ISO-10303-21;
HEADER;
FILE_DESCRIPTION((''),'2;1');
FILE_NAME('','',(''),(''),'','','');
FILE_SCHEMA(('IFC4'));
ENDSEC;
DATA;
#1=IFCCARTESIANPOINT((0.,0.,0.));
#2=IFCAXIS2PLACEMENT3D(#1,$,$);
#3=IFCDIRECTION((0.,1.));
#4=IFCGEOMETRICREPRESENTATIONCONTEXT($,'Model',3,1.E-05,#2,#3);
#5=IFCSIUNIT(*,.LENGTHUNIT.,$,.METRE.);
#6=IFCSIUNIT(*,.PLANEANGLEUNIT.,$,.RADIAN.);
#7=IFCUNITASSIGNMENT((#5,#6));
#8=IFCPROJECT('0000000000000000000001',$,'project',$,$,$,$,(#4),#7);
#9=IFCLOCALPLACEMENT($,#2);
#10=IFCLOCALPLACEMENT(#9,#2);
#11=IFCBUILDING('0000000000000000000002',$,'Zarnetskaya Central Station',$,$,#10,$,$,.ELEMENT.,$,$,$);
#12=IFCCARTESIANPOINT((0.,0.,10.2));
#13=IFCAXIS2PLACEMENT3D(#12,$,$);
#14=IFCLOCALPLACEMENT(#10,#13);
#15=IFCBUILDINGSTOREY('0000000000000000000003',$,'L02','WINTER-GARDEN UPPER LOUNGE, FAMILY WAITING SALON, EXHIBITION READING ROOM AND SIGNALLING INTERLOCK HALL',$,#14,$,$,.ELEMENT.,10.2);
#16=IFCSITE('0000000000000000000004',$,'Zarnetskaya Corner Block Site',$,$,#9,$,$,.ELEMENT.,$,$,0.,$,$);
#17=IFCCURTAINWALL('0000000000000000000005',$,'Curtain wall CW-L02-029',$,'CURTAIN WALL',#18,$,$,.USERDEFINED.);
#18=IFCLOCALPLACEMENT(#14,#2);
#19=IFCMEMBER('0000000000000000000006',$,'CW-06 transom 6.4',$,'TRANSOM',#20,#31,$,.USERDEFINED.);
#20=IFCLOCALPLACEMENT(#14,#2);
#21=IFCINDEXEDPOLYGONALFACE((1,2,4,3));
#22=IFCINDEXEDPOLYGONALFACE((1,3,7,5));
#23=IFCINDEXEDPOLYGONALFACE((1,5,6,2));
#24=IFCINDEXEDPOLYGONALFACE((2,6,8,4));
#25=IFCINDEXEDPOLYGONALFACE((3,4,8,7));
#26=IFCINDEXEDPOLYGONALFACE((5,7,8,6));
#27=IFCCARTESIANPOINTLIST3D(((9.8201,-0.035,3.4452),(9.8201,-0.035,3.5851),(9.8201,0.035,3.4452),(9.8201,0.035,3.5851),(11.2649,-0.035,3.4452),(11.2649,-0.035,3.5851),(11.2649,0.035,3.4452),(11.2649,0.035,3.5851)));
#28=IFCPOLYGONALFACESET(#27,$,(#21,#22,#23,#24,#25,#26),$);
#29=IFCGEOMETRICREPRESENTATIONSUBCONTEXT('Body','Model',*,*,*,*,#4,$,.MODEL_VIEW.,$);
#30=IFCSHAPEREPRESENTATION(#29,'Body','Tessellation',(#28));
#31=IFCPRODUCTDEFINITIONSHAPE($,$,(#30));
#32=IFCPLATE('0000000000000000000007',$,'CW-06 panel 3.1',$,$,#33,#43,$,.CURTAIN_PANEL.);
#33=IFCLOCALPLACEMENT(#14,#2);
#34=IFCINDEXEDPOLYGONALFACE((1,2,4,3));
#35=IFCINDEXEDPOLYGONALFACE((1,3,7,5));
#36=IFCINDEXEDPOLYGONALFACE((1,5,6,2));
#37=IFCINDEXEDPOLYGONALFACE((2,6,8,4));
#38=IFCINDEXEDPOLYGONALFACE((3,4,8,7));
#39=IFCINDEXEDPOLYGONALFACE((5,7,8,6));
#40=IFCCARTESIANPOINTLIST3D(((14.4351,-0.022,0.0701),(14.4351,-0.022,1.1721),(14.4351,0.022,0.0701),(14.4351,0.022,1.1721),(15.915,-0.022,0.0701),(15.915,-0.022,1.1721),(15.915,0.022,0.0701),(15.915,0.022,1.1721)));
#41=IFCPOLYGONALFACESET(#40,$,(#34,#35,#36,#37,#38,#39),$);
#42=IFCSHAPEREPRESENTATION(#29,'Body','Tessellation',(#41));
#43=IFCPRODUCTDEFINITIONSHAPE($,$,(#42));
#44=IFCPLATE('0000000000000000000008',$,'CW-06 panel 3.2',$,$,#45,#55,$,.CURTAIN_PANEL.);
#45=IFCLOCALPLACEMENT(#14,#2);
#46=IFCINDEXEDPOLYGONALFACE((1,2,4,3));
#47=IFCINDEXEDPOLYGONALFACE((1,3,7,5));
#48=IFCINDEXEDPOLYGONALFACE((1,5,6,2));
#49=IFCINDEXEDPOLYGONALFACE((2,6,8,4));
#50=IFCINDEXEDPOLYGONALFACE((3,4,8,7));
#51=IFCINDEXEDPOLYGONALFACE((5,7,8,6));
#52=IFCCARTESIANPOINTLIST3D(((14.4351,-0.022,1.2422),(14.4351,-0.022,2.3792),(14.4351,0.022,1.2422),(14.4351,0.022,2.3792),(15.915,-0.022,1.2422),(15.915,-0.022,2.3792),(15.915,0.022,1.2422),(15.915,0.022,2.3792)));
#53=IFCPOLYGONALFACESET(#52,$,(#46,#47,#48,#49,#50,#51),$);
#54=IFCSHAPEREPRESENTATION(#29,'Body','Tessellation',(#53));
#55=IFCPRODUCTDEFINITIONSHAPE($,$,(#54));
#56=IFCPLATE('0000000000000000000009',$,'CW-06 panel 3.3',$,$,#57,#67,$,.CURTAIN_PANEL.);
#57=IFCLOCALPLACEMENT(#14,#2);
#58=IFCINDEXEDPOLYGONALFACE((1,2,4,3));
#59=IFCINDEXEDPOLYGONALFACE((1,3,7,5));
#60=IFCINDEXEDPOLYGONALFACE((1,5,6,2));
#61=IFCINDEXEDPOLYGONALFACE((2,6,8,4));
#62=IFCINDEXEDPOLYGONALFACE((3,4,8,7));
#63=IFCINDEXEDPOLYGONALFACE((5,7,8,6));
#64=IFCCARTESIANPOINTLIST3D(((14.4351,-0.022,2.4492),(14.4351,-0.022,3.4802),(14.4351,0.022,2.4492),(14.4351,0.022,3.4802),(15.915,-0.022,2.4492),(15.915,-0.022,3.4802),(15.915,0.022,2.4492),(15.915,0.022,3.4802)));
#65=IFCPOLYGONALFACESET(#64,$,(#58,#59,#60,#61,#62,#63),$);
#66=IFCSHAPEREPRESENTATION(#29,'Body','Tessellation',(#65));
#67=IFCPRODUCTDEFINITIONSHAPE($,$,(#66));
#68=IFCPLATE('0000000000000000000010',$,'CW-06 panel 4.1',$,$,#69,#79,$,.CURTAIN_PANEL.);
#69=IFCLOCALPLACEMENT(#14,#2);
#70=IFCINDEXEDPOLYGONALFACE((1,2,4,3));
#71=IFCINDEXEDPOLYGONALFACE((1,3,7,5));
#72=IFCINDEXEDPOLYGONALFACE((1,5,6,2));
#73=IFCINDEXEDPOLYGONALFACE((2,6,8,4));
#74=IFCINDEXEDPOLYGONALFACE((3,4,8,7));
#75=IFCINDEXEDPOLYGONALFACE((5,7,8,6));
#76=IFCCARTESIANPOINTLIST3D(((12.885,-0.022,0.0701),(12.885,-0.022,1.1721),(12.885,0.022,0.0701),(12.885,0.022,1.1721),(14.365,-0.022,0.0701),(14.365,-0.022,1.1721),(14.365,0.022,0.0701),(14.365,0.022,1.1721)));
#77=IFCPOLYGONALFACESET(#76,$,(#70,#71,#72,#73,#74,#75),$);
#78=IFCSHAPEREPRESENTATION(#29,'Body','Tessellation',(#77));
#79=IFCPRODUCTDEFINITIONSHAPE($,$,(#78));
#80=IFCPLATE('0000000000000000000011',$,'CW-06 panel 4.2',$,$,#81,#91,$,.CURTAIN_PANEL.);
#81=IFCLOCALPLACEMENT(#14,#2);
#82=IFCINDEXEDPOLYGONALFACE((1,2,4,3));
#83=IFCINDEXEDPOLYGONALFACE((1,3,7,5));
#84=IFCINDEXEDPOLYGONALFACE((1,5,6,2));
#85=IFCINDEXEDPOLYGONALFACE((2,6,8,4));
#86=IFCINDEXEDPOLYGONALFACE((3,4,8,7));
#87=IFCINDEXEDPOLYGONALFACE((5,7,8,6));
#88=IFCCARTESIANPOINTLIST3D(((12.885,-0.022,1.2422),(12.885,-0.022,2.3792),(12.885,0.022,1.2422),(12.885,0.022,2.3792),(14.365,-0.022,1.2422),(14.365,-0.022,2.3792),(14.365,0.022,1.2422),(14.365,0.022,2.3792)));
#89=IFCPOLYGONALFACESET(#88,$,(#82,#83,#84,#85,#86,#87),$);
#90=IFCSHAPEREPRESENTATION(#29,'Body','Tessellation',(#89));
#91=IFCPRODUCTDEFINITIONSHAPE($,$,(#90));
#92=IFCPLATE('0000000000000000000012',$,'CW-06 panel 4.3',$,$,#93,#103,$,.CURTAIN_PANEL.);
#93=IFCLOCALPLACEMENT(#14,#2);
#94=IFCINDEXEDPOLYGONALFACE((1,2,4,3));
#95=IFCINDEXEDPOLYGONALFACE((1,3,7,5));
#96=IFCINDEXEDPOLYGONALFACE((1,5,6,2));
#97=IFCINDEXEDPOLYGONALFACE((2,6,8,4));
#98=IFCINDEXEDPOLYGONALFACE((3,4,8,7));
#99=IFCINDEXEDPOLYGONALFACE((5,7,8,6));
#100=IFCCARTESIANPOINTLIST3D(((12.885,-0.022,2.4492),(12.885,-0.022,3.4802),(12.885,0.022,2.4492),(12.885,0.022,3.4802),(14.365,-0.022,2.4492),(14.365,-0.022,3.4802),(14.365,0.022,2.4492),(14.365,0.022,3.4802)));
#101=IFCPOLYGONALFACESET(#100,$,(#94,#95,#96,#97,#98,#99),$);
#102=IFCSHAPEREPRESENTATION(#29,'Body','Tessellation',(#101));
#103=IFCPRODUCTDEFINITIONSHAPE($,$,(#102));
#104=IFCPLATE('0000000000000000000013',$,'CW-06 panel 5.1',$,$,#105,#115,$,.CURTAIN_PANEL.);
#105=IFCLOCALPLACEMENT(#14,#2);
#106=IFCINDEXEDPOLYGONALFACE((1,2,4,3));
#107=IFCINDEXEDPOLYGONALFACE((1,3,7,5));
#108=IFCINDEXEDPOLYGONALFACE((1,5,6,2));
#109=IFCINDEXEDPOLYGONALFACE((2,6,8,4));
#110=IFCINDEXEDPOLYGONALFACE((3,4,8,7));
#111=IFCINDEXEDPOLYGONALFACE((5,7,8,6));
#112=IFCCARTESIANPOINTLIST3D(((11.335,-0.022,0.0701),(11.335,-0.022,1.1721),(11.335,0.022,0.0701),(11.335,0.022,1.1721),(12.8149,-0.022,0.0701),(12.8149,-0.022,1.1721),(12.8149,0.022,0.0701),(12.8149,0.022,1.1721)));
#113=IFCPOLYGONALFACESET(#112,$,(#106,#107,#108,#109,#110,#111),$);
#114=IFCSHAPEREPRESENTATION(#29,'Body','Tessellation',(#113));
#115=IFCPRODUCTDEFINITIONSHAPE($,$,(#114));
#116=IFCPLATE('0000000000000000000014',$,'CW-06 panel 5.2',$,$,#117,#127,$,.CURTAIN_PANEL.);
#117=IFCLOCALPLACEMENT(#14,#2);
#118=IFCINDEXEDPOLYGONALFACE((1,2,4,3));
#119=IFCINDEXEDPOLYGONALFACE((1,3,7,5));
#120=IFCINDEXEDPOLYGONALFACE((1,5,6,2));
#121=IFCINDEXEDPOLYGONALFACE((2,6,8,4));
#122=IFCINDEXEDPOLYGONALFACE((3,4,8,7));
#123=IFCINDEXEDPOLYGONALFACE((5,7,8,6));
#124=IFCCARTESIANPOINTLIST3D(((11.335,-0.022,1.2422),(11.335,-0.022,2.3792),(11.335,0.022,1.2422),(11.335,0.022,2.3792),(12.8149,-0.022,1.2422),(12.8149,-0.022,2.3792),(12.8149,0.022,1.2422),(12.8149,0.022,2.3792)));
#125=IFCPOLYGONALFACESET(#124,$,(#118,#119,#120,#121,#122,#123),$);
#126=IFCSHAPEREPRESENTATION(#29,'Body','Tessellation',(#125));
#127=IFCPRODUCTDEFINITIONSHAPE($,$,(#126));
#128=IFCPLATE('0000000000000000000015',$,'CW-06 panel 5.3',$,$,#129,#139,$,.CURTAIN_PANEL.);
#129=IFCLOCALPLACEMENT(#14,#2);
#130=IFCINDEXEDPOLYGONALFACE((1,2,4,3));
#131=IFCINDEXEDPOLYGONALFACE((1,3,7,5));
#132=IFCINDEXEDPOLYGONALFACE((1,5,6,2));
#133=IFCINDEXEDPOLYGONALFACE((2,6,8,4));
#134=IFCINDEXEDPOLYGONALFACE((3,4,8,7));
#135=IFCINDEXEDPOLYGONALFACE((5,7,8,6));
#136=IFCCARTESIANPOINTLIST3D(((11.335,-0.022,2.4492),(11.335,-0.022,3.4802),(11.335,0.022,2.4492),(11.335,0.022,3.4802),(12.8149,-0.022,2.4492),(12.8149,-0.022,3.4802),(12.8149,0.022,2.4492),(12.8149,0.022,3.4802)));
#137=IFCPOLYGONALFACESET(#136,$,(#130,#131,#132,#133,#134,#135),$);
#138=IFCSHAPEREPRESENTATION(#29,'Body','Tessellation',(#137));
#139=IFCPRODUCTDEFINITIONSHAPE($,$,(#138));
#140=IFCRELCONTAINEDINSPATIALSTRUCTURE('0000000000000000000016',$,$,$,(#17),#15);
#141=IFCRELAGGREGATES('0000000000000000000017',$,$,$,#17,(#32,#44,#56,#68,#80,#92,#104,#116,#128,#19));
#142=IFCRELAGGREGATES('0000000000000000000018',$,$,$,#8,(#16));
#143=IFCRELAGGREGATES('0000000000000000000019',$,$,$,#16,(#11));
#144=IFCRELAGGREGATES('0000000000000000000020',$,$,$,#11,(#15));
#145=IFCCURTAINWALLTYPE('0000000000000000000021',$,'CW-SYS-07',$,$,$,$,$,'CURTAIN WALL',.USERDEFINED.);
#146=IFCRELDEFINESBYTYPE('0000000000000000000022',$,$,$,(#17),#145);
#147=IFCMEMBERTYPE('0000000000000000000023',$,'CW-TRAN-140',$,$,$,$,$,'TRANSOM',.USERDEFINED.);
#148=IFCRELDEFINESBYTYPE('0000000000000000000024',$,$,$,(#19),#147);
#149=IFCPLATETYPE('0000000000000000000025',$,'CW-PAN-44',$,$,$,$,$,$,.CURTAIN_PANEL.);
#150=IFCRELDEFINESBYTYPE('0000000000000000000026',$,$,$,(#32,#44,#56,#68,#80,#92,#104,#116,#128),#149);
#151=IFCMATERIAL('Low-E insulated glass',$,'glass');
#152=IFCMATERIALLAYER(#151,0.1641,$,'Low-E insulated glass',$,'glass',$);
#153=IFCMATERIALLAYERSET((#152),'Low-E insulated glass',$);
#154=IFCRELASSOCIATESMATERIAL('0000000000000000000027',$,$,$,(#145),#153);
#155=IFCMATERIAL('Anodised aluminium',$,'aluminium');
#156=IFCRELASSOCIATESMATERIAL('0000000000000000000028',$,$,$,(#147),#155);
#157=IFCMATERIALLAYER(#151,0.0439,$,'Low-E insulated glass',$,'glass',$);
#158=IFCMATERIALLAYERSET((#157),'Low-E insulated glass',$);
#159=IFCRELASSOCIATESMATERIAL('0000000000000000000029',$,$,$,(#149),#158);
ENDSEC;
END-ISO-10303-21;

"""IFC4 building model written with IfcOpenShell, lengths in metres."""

from ifc_helpers import new_model, si_unit, direction, frame, origin, origin_2d, place, context, subcontext, project, spatial, rectangle, extrude, material, layer, layer_set, material_profile, profile_set, type_object, element, aggregate, save


model = new_model("IFC4")

# Units and contexts
model_context = context("Model", 3, precision=1e-05, world=origin(), true_north=direction((0.0, 1.0)))
body_context = subcontext(model_context, "Body", "Model", "MODEL_VIEW")
ifc_project = project(units=[si_unit("LENGTHUNIT", "METRE"), si_unit("PLANEANGLEUNIT", "RADIAN")], contexts=[model_context])

# Site, building, storey
site_placement = place(None, origin())
site = spatial("IfcSite", under=ifc_project, at=site_placement, Name="Zarnetskaya Corner Block Site", CompositionType="ELEMENT", RefElevation=0.0)
building_placement = place(site_placement, origin())
building = spatial("IfcBuilding", under=site, at=building_placement, Name="Zarnetskaya Central Station", CompositionType="ELEMENT")
storey_placement = place(building_placement, frame((0.0, 0.0, 10.2)))
storey = spatial("IfcBuildingStorey", under=building, at=storey_placement, Name="L02", Description="WINTER-GARDEN UPPER LOUNGE, FAMILY WAITING SALON, EXHIBITION READING ROOM AND SIGNALLING INTERLOCK HALL", CompositionType="ELEMENT", Elevation=10.2)

# Curtain wall, member, plates
ifc_material_1 = material(Name="Low-E insulated glass", Category="glass")
ifc_layer_1 = layer(ifc_material_1, 0.1641, Name="Low-E insulated glass", Category="glass")
ifc_layer_set_1 = layer_set([ifc_layer_1], Name="Low-E insulated glass")
curtain_wall_type = type_object("IfcCurtainWallType", Name="CW-SYS-07", ElementType="CURTAIN WALL", PredefinedType="USERDEFINED", material=ifc_layer_set_1)
curtain_wall_placement = place(storey_placement, origin())
curtain_wall = element("IfcCurtainWall", 1, at=curtain_wall_placement, inside=storey, type_object=curtain_wall_type, Name="Curtain wall CW-L02-029", ObjectType="CURTAIN WALL", PredefinedType="USERDEFINED")
ifc_material_2 = material(Name="Anodised aluminium", Category="aluminium")
ifc_material_profile_1 = material_profile(ifc_material_2, rectangle(XDim=0.0701, YDim=0.1399, at=origin_2d()), Name="ALU TRAN 70x140")
ifc_profile_set_1 = profile_set([ifc_material_profile_1], Name="Anodised aluminium")
member_type_1 = type_object("IfcMemberType", Name="CW-TRAN-140", ElementType="TRANSOM", PredefinedType="USERDEFINED", material=ifc_profile_set_1)
member_1_placement = place(storey_placement, frame((11.2649, 0.0, 3.5151), z_axis=(-1.0, 0.0, 0.0), x_axis=(0.0, -1.0, 0.0)))
member_1 = element("IfcMember", 2, at=member_1_placement, type_object=member_type_1, Name="CW-06 transom 6.4", ObjectType="TRANSOM", PredefinedType="USERDEFINED", context=body_context, shape_type="SweptSolid", body=[
    extrude(rectangle(XDim=0.0701, YDim=0.1399, at=origin_2d()), origin(), (0.0, 0.0, 1.0), 1.4448),
])
ifc_layer_2 = layer(ifc_material_1, 0.0439, Name="Low-E insulated glass", Category="glass")
ifc_layer_set_2 = layer_set([ifc_layer_2], Name="Low-E insulated glass")
plate_type = type_object("IfcPlateType", Name="CW-PAN-44", PredefinedType="CURTAIN_PANEL", material=ifc_layer_set_2)
plate_1_placement = place(storey_placement, frame((15.175, 0.0, 0.0701), z_axis=(0.0, 0.0, 1.0), x_axis=(-1.0, 0.0, 0.0)))
plate_1 = element("IfcPlate", 3, at=plate_1_placement, type_object=plate_type, Name="CW-06 panel 3.1", PredefinedType="CURTAIN_PANEL", context=body_context, shape_type="SweptSolid", body=[
    extrude(rectangle(XDim=1.48, YDim=0.0439, at=origin_2d()), origin(), (0.0, 0.0, 1.0), 1.1021),
])
plate_2_placement = place(storey_placement, frame((15.175, 0.0, 1.2422), z_axis=(0.0, 0.0, 1.0), x_axis=(-1.0, 0.0, 0.0)))
plate_2 = element("IfcPlate", 4, at=plate_2_placement, type_object=plate_type, Name="CW-06 panel 3.2", PredefinedType="CURTAIN_PANEL", context=body_context, shape_type="SweptSolid", body=[
    extrude(rectangle(XDim=1.48, YDim=0.0439, at=origin_2d()), origin(), (0.0, 0.0, 1.0), 1.137),
])
plate_3_placement = place(storey_placement, frame((15.175, 0.0, 2.4492), z_axis=(0.0, 0.0, 1.0), x_axis=(-1.0, 0.0, 0.0)))
plate_3 = element("IfcPlate", 5, at=plate_3_placement, type_object=plate_type, Name="CW-06 panel 3.3", PredefinedType="CURTAIN_PANEL", context=body_context, shape_type="SweptSolid", body=[
    extrude(rectangle(XDim=1.48, YDim=0.0439, at=origin_2d()), origin(), (0.0, 0.0, 1.0), 1.031),
])
plate_4_placement = place(storey_placement, frame((13.625, 0.0, 0.0701), z_axis=(0.0, 0.0, 1.0), x_axis=(-1.0, 0.0, 0.0)))
plate_4 = element("IfcPlate", 6, at=plate_4_placement, type_object=plate_type, Name="CW-06 panel 4.1", PredefinedType="CURTAIN_PANEL", context=body_context, shape_type="SweptSolid", body=[
    extrude(rectangle(XDim=1.48, YDim=0.0439, at=origin_2d()), origin(), (0.0, 0.0, 1.0), 1.1021),
])
plate_5_placement = place(storey_placement, frame((13.625, 0.0, 1.2422), z_axis=(0.0, 0.0, 1.0), x_axis=(-1.0, 0.0, 0.0)))
plate_5 = element("IfcPlate", 7, at=plate_5_placement, type_object=plate_type, Name="CW-06 panel 4.2", PredefinedType="CURTAIN_PANEL", context=body_context, shape_type="SweptSolid", body=[
    extrude(rectangle(XDim=1.48, YDim=0.0439, at=origin_2d()), origin(), (0.0, 0.0, 1.0), 1.137),
])
plate_6_placement = place(storey_placement, frame((13.625, 0.0, 2.4492), z_axis=(0.0, 0.0, 1.0), x_axis=(-1.0, 0.0, 0.0)))
plate_6 = element("IfcPlate", 8, at=plate_6_placement, type_object=plate_type, Name="CW-06 panel 4.3", PredefinedType="CURTAIN_PANEL", context=body_context, shape_type="SweptSolid", body=[
    extrude(rectangle(XDim=1.48, YDim=0.0439, at=origin_2d()), origin(), (0.0, 0.0, 1.0), 1.031),
])
plate_7_placement = place(storey_placement, frame((12.075, 0.0, 0.0701), z_axis=(0.0, 0.0, 1.0), x_axis=(-1.0, 0.0, 0.0)))
plate_7 = element("IfcPlate", 9, at=plate_7_placement, type_object=plate_type, Name="CW-06 panel 5.1", PredefinedType="CURTAIN_PANEL", context=body_context, shape_type="SweptSolid", body=[
    extrude(rectangle(XDim=1.48, YDim=0.0439, at=origin_2d()), origin(), (0.0, 0.0, 1.0), 1.1021),
])
plate_8_placement = place(storey_placement, frame((12.075, 0.0, 1.2422), z_axis=(0.0, 0.0, 1.0), x_axis=(-1.0, 0.0, 0.0)))
plate_8 = element("IfcPlate", 10, at=plate_8_placement, type_object=plate_type, Name="CW-06 panel 5.2", PredefinedType="CURTAIN_PANEL", context=body_context, shape_type="SweptSolid", body=[
    extrude(rectangle(XDim=1.48, YDim=0.0439, at=origin_2d()), origin(), (0.0, 0.0, 1.0), 1.137),
])
plate_9_placement = place(storey_placement, frame((12.075, 0.0, 2.4492), z_axis=(0.0, 0.0, 1.0), x_axis=(-1.0, 0.0, 0.0)))
plate_9 = element("IfcPlate", 11, at=plate_9_placement, type_object=plate_type, Name="CW-06 panel 5.3", PredefinedType="CURTAIN_PANEL", context=body_context, shape_type="SweptSolid", body=[
    extrude(rectangle(XDim=1.48, YDim=0.0439, at=origin_2d()), origin(), (0.0, 0.0, 1.0), 1.031),
])
aggregate(curtain_wall, [plate_1, plate_2, plate_3, plate_4, plate_5, plate_6, plate_7, plate_8, plate_9, member_1])

save(model, "model.ifc")
